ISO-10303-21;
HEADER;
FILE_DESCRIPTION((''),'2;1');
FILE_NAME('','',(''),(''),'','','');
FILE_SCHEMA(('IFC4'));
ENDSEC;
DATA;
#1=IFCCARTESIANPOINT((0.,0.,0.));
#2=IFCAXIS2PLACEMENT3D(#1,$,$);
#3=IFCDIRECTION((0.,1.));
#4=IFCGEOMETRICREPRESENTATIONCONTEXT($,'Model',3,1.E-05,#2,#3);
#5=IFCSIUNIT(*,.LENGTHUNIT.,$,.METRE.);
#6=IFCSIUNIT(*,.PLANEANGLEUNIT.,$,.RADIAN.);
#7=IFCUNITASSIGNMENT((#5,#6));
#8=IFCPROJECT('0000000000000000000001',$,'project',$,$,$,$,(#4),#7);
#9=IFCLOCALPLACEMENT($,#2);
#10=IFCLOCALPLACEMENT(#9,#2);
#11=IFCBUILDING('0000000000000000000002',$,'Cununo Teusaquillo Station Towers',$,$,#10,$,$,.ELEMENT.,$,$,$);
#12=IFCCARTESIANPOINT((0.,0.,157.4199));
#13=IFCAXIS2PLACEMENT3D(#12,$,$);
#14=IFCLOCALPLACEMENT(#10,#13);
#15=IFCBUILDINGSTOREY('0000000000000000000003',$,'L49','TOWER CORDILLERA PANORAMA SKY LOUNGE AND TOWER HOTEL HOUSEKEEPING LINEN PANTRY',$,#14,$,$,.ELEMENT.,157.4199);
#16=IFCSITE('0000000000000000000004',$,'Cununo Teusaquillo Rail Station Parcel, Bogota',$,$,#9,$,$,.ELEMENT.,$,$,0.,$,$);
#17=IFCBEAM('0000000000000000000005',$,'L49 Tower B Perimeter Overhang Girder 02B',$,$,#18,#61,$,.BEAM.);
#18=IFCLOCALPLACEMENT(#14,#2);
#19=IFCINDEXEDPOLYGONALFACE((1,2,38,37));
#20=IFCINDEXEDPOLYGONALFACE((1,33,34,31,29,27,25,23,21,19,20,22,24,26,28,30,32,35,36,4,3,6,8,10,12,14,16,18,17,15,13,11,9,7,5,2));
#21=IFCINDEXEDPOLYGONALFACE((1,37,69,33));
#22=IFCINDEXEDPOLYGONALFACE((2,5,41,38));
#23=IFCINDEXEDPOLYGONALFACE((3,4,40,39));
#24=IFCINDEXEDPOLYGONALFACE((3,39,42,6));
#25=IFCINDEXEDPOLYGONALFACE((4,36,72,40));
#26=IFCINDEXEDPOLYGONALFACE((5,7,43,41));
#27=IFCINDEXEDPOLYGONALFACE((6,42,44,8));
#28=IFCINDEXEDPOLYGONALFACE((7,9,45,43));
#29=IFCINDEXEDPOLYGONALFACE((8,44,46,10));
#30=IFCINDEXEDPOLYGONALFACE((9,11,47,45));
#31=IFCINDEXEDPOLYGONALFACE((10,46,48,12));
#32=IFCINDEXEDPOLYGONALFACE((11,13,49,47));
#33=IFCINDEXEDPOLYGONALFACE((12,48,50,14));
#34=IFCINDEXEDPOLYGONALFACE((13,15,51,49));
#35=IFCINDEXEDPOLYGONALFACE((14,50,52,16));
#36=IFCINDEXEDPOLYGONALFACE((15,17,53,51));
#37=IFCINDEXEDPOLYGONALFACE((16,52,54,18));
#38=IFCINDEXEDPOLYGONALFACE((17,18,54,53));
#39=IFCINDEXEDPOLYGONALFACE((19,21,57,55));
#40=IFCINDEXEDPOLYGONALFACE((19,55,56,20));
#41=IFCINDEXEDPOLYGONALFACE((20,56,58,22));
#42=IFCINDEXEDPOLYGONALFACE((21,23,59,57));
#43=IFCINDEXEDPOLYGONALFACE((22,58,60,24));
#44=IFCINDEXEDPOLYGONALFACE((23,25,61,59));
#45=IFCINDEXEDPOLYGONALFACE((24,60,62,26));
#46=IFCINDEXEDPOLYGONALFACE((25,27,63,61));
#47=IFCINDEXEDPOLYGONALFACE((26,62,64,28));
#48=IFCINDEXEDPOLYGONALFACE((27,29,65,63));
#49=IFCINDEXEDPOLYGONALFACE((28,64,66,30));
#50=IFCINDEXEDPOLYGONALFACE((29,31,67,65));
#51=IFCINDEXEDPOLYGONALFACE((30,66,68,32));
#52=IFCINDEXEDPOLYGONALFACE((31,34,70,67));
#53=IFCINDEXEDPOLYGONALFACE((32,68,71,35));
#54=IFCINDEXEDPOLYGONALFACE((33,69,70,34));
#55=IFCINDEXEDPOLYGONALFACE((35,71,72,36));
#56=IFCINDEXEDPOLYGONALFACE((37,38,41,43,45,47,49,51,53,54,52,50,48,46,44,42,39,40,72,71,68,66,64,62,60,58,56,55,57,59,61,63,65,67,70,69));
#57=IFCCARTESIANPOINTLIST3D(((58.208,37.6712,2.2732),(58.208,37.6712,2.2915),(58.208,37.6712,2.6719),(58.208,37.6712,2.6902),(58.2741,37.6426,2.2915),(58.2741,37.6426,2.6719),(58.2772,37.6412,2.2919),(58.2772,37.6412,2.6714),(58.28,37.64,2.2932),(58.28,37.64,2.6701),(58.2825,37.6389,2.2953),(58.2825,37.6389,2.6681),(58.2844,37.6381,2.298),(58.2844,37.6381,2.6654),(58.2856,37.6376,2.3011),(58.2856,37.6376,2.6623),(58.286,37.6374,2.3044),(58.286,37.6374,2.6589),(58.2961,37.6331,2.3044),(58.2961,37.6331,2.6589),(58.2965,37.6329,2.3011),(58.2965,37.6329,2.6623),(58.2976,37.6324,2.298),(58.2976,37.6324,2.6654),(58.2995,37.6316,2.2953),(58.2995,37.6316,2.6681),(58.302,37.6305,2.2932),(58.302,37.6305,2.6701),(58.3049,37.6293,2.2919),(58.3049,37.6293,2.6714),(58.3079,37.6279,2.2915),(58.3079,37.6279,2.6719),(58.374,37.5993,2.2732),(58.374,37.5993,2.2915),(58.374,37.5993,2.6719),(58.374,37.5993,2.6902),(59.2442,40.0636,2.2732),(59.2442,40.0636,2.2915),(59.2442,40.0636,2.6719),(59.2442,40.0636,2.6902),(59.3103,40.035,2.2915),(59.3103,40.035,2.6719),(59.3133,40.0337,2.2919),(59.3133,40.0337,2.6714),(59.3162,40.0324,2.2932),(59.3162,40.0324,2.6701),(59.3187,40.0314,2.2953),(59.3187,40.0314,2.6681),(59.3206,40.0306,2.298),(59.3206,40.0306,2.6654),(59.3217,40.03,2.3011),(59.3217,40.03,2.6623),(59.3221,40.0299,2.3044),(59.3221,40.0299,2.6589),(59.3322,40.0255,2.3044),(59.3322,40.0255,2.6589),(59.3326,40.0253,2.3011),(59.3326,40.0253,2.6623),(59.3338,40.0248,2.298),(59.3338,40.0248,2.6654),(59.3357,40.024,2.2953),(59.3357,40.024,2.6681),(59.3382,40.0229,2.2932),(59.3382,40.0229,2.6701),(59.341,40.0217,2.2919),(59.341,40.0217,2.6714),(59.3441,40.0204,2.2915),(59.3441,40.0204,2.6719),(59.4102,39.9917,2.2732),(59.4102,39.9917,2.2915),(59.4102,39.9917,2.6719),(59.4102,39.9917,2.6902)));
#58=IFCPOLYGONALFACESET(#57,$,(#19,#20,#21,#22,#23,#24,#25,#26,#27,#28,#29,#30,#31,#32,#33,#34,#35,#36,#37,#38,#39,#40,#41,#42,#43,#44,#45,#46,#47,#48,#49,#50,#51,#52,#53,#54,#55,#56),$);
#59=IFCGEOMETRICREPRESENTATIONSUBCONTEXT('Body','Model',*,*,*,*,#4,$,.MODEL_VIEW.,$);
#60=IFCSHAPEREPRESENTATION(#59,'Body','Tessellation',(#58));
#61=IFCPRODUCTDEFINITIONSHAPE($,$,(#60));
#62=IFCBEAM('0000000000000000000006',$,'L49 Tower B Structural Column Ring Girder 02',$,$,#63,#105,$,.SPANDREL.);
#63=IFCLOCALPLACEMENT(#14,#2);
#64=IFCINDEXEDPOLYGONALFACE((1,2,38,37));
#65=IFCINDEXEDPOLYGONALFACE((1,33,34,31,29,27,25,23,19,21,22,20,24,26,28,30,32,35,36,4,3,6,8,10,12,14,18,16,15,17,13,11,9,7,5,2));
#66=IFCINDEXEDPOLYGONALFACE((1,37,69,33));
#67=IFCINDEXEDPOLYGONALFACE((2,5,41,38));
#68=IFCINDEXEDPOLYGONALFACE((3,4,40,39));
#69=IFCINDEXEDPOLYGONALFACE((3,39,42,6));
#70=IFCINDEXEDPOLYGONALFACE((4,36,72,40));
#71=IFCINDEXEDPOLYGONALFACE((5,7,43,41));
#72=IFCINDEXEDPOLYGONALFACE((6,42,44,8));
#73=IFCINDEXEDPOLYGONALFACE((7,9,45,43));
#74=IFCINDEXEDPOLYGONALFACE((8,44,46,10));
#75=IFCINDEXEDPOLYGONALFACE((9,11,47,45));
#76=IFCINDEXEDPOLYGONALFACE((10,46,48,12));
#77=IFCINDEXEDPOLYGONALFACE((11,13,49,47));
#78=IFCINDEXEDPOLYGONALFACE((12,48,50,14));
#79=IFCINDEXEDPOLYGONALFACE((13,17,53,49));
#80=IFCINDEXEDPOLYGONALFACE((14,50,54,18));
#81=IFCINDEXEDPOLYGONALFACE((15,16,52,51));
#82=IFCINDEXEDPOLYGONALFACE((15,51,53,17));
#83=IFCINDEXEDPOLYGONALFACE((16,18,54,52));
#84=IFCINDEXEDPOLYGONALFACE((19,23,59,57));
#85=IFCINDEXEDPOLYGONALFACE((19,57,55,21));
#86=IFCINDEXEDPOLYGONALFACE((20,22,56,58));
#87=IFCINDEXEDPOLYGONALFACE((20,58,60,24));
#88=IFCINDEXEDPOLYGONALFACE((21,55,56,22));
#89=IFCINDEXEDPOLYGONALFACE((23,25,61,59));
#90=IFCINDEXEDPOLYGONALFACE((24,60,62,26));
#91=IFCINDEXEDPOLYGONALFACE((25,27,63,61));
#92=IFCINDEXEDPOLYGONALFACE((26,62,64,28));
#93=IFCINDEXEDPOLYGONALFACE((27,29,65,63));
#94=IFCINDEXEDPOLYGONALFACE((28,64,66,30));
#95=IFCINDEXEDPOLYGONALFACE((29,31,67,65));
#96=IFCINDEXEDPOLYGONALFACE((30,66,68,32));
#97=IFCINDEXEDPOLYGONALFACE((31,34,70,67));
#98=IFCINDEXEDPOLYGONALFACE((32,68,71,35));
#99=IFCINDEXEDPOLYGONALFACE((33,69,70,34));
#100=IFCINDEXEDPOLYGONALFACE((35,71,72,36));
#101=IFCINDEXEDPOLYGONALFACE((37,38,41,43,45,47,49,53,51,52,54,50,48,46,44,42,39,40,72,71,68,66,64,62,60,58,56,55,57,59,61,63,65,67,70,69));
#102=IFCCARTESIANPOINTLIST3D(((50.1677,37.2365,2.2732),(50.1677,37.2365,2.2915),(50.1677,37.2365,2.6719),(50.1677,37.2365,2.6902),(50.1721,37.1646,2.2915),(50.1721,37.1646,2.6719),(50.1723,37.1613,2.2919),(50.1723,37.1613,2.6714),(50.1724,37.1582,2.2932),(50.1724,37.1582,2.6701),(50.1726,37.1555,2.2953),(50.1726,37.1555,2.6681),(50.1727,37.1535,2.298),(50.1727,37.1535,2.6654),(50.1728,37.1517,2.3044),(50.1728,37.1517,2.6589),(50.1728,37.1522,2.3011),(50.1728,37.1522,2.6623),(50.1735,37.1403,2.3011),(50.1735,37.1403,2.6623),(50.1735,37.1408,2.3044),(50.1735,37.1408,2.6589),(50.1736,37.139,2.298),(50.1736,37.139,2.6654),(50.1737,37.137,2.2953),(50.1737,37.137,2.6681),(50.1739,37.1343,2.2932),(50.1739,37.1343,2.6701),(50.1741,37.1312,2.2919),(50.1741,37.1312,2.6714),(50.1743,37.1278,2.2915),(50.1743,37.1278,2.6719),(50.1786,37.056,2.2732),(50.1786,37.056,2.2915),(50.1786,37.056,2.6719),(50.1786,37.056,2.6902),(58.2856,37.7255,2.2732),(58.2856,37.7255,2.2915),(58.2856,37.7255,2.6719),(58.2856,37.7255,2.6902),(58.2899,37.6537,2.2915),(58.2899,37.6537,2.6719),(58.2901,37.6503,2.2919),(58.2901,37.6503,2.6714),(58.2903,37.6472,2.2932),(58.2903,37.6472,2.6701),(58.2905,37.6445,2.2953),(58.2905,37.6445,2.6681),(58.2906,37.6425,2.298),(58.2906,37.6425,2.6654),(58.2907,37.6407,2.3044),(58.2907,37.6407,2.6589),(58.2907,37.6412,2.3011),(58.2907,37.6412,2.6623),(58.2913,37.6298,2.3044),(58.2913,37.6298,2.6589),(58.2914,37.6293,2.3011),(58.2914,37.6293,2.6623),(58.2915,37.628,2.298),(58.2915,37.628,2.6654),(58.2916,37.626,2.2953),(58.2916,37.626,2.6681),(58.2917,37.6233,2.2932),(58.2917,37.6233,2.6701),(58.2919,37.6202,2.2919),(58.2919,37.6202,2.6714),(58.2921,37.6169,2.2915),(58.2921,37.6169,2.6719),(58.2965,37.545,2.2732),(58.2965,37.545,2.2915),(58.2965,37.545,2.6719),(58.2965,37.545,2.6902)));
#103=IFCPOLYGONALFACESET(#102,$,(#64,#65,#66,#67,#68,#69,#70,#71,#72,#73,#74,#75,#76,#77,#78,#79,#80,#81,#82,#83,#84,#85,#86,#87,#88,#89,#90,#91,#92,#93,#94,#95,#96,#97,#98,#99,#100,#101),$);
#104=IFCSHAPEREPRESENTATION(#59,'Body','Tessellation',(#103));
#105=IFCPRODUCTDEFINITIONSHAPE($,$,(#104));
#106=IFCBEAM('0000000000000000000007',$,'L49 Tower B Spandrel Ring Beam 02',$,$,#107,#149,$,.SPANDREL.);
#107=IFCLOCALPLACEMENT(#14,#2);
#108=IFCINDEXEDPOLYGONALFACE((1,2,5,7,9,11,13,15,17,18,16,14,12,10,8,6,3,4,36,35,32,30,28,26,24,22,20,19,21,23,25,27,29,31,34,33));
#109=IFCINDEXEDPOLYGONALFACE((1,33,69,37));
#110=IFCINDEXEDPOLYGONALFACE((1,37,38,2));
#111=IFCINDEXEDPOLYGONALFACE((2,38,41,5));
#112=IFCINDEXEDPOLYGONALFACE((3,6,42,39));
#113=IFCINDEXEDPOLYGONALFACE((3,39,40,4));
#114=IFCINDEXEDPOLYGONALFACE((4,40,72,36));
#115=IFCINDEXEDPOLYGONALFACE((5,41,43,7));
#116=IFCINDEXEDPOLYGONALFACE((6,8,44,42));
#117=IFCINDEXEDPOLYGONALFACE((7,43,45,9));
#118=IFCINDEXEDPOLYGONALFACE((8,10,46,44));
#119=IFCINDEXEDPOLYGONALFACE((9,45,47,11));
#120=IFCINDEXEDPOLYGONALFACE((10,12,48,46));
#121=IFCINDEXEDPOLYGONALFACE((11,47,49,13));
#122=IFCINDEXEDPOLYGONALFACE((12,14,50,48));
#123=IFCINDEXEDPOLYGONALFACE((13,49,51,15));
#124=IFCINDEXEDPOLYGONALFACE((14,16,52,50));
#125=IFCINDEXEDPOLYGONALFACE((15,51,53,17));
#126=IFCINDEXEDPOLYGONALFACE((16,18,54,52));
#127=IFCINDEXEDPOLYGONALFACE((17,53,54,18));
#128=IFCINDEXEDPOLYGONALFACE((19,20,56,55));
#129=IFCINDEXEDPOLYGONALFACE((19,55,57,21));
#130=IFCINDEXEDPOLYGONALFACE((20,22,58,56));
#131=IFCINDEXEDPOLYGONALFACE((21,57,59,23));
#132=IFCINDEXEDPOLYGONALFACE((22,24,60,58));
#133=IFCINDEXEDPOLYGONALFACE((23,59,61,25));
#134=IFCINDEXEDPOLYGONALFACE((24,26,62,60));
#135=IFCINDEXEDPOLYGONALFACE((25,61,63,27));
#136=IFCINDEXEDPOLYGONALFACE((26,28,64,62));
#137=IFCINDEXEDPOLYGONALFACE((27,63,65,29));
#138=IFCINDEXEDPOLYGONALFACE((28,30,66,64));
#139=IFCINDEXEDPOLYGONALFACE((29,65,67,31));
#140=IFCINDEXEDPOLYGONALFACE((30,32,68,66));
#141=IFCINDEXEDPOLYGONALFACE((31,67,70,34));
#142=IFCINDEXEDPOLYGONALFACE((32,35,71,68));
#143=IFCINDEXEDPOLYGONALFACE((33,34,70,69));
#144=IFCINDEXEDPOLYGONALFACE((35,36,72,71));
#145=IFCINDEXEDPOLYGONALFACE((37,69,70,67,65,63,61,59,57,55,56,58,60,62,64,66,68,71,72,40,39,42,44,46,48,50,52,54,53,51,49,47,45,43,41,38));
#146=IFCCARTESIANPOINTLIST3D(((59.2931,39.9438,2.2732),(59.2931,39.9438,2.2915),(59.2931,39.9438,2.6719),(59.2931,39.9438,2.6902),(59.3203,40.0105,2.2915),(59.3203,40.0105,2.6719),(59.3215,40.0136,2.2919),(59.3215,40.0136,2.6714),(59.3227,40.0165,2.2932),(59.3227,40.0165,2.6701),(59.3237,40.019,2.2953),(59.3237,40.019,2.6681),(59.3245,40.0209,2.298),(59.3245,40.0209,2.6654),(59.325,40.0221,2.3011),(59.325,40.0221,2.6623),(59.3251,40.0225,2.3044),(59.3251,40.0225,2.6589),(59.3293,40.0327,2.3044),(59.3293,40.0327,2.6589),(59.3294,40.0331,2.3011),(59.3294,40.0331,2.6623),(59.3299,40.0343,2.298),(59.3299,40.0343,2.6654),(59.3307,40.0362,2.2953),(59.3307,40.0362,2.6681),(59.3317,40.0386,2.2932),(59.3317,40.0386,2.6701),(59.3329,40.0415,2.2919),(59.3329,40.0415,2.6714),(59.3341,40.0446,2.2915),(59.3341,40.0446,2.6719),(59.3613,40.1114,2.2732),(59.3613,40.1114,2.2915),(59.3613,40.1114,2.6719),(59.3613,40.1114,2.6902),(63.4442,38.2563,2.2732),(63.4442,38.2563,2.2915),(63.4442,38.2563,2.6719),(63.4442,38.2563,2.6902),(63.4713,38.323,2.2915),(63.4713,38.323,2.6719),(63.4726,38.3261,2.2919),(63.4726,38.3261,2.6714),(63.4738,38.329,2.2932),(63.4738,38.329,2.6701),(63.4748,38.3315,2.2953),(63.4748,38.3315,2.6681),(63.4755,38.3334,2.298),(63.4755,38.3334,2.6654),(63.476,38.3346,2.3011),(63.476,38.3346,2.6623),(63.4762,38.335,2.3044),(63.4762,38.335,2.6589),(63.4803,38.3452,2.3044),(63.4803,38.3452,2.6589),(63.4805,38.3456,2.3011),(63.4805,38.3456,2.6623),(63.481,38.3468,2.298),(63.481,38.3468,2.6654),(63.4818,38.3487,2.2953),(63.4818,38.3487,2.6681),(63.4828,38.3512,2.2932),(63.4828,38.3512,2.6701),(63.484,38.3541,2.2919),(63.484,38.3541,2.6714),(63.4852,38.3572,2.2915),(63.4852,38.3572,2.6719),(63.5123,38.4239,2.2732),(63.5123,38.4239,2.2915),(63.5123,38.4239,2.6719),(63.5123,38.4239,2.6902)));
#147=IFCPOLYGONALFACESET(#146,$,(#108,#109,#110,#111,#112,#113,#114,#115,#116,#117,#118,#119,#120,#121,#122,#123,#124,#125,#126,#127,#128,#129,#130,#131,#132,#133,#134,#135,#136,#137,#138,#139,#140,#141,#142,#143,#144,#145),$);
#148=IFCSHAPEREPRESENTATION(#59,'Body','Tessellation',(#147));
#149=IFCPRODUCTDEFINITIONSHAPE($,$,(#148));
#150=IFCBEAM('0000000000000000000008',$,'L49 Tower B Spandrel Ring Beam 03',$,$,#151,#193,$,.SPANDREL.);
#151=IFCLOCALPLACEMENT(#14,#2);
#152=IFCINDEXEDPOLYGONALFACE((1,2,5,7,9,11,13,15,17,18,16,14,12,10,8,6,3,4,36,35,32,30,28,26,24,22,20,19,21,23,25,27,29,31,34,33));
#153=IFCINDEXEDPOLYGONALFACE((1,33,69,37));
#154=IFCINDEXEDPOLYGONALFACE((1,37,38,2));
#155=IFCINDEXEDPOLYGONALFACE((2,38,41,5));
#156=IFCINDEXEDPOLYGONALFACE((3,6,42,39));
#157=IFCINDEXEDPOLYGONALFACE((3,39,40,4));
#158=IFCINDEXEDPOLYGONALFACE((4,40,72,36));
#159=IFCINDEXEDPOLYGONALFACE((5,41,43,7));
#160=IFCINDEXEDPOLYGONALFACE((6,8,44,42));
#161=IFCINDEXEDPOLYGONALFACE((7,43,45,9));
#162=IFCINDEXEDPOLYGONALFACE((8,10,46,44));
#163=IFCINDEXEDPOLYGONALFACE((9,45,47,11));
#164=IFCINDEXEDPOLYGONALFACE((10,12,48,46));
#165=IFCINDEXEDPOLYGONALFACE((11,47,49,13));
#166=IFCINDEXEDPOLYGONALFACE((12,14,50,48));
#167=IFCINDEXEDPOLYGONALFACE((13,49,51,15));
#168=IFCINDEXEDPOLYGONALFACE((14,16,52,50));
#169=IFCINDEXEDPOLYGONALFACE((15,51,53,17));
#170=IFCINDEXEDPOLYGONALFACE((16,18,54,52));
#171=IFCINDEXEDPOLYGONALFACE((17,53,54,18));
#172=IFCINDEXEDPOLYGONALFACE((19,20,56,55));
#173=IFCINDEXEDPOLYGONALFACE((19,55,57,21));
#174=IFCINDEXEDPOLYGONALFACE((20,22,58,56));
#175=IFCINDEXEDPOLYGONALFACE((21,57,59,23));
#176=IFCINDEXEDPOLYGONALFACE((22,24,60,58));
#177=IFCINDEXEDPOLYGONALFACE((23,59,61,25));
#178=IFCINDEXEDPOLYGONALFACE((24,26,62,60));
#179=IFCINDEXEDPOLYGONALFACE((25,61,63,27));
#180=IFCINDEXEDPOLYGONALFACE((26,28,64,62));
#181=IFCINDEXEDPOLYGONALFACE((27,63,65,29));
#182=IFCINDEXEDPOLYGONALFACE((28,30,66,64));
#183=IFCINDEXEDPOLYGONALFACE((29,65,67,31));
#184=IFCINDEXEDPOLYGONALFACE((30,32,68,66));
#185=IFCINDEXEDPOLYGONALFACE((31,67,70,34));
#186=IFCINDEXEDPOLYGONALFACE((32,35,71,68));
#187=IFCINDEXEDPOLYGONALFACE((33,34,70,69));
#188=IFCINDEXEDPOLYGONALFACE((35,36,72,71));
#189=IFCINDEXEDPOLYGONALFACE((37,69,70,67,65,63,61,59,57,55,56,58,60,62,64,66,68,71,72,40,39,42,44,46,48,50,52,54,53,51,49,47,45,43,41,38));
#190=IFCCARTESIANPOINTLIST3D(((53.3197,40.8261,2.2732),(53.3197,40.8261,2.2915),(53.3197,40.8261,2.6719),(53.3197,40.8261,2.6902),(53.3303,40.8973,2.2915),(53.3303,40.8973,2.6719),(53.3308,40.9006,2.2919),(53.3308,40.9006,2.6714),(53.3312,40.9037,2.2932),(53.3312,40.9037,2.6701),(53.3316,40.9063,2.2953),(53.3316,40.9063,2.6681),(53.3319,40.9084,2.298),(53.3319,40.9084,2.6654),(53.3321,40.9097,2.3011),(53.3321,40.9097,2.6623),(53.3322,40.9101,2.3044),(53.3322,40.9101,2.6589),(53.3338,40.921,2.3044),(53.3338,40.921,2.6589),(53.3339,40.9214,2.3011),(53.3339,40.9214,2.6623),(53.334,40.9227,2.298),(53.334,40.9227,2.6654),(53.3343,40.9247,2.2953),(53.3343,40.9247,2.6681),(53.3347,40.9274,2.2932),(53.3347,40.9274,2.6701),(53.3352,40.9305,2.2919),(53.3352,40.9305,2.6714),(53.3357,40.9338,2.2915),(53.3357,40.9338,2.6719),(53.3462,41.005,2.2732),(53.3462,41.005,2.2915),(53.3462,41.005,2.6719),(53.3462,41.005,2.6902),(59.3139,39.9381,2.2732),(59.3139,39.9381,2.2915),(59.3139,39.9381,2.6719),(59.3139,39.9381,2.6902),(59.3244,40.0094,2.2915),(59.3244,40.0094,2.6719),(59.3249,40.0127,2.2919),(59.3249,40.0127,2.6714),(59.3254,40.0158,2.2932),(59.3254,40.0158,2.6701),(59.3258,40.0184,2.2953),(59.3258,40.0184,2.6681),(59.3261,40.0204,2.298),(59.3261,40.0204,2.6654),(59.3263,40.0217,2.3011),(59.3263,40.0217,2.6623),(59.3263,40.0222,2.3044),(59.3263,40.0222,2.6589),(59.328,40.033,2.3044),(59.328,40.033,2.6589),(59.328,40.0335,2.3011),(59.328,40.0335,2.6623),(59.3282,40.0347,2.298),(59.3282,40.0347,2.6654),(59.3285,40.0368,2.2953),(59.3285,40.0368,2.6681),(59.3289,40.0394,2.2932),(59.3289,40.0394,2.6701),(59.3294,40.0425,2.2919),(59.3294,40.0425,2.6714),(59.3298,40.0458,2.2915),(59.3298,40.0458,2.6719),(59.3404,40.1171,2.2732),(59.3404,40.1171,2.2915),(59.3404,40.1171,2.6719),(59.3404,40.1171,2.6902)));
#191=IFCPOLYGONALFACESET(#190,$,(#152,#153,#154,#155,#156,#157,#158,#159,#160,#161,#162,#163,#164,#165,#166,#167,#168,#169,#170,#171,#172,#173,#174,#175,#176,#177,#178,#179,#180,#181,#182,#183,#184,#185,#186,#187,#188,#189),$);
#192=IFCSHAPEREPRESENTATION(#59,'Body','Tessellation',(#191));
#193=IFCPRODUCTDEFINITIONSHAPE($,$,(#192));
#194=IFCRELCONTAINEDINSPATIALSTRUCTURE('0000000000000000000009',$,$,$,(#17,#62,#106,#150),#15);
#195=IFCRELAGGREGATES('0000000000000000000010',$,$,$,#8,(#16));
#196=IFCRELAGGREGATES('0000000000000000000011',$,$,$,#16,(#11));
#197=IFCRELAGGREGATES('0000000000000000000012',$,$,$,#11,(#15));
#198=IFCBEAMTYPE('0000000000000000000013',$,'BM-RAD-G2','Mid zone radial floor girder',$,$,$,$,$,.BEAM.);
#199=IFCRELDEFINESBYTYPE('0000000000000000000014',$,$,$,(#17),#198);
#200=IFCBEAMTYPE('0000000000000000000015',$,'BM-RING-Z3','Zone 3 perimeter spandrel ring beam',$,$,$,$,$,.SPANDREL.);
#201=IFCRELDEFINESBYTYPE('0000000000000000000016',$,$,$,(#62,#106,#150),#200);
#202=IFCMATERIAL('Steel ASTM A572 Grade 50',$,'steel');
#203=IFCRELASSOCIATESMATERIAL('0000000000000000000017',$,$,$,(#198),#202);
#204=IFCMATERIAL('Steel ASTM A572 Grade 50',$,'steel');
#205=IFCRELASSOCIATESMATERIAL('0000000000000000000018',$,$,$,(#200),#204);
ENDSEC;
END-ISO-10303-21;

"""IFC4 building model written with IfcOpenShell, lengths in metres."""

from ifc_helpers import new_model, si_unit, direction, frame, origin, origin_2d, place, context, subcontext, project, spatial, i_section, extrude, material, material_profile, profile_set, type_object, element, save


model = new_model("IFC4")

# Units and contexts
model_context = context("Model", 3, precision=1e-05, world=origin(), true_north=direction((0.0, 1.0)))
body_context = subcontext(model_context, "Body", "Model", "MODEL_VIEW")
ifc_project = project(units=[si_unit("LENGTHUNIT", "METRE"), si_unit("PLANEANGLEUNIT", "RADIAN")], contexts=[model_context])

# Site, building, storey
site_placement = place(None, origin())
site = spatial("IfcSite", under=ifc_project, at=site_placement, Name="Cununo Teusaquillo Rail Station Parcel, Bogota", CompositionType="ELEMENT", RefElevation=0.0)
building_placement = place(site_placement, origin())
building = spatial("IfcBuilding", under=site, at=building_placement, Name="Cununo Teusaquillo Station Towers", CompositionType="ELEMENT")
storey_placement = place(building_placement, frame((0.0, 0.0, 157.4199)))
storey = spatial("IfcBuildingStorey", under=building, at=storey_placement, Name="L49", Description="TOWER CORDILLERA PANORAMA SKY LOUNGE AND TOWER HOTEL HOUSEKEEPING LINEN PANTRY", CompositionType="ELEMENT", Elevation=157.4199)

# Beams
ifc_material_1 = material(Name="Steel ASTM A572 Grade 50", Category="steel")
ifc_material_profile_1 = material_profile(ifc_material_1, i_section(OverallWidth=0.1809, OverallDepth=0.417, WebThickness=0.011, FlangeThickness=0.0183, FilletRadius=0.0129, at=origin_2d()), Name="W16X57")
ifc_profile_set_1 = profile_set([ifc_material_profile_1], Name="Steel ASTM A572 Grade 50")
beam_type_1 = type_object("IfcBeamType", Name="BM-RAD-G2", Description="Mid zone radial floor girder", PredefinedType="BEAM", material=ifc_profile_set_1)
beam_1_placement = place(storey_placement, frame((58.291, 37.6353, 2.4817), z_axis=(0.397431, 0.917632, 0.0), x_axis=(-0.917632, 0.397431, 0.0)))
element("IfcBeam", 1, at=beam_1_placement, inside=storey, type_object=beam_type_1, Name="L49 Tower B Perimeter Overhang Girder 02B", PredefinedType="BEAM", context=body_context, shape_type="SweptSolid", body=[
    extrude(i_section(OverallWidth=0.1809, OverallDepth=0.417, WebThickness=0.011, FlangeThickness=0.0183, FilletRadius=0.0129, at=origin_2d()), origin(), (0.0, 0.0, 1.0), 2.6072),
])
ifc_material_2 = material(Name="Steel ASTM A572 Grade 50", Category="steel")
ifc_material_profile_2 = material_profile(ifc_material_2, i_section(OverallWidth=0.1809, OverallDepth=0.417, WebThickness=0.011, FlangeThickness=0.0183, FilletRadius=0.0129, at=origin_2d()), Name="W16X57")
ifc_profile_set_2 = profile_set([ifc_material_profile_2], Name="Steel ASTM A572 Grade 50")
beam_type_2 = type_object("IfcBeamType", Name="BM-RING-Z3", Description="Zone 3 perimeter spandrel ring beam", PredefinedType="SPANDREL", material=ifc_profile_set_2)
beam_2_placement = place(storey_placement, frame((58.291, 37.6353, 2.4817), z_axis=(-0.998191, -0.06013, 0.0), x_axis=(0.06013, -0.998191, 0.0)))
element("IfcBeam", 2, at=beam_2_placement, inside=storey, type_object=beam_type_2, Name="L49 Tower B Structural Column Ring Girder 02", PredefinedType="SPANDREL", context=body_context, shape_type="SweptSolid", body=[
    extrude(i_section(OverallWidth=0.1809, OverallDepth=0.417, WebThickness=0.011, FlangeThickness=0.0183, FilletRadius=0.0129, at=origin_2d()), origin(), (0.0, 0.0, 1.0), 8.1326),
])
beam_3_placement = place(storey_placement, frame((63.4783, 38.3401, 2.4817), z_axis=(-0.92638, 0.376589, 0.0), x_axis=(-0.376589, -0.92638, 0.0)))
element("IfcBeam", 3, at=beam_3_placement, inside=storey, type_object=beam_type_2, Name="L49 Tower B Spandrel Ring Beam 02", PredefinedType="SPANDREL", context=body_context, shape_type="SweptSolid", body=[
    extrude(i_section(OverallWidth=0.1809, OverallDepth=0.417, WebThickness=0.011, FlangeThickness=0.0183, FilletRadius=0.0129, at=origin_2d()), origin(), (0.0, 0.0, 1.0), 4.481),
])
beam_4_placement = place(storey_placement, frame((59.3271, 40.0276, 2.4817), z_axis=(-0.989205, 0.146536, 0.0), x_axis=(-0.146536, -0.989205, 0.0)))
element("IfcBeam", 4, at=beam_4_placement, inside=storey, type_object=beam_type_2, Name="L49 Tower B Spandrel Ring Beam 03", PredefinedType="SPANDREL", context=body_context, shape_type="SweptSolid", body=[
    extrude(i_section(OverallWidth=0.1809, OverallDepth=0.417, WebThickness=0.011, FlangeThickness=0.0183, FilletRadius=0.0129, at=origin_2d()), origin(), (0.0, 0.0, 1.0), 6.0596),
])

save(model, "model.ifc")
